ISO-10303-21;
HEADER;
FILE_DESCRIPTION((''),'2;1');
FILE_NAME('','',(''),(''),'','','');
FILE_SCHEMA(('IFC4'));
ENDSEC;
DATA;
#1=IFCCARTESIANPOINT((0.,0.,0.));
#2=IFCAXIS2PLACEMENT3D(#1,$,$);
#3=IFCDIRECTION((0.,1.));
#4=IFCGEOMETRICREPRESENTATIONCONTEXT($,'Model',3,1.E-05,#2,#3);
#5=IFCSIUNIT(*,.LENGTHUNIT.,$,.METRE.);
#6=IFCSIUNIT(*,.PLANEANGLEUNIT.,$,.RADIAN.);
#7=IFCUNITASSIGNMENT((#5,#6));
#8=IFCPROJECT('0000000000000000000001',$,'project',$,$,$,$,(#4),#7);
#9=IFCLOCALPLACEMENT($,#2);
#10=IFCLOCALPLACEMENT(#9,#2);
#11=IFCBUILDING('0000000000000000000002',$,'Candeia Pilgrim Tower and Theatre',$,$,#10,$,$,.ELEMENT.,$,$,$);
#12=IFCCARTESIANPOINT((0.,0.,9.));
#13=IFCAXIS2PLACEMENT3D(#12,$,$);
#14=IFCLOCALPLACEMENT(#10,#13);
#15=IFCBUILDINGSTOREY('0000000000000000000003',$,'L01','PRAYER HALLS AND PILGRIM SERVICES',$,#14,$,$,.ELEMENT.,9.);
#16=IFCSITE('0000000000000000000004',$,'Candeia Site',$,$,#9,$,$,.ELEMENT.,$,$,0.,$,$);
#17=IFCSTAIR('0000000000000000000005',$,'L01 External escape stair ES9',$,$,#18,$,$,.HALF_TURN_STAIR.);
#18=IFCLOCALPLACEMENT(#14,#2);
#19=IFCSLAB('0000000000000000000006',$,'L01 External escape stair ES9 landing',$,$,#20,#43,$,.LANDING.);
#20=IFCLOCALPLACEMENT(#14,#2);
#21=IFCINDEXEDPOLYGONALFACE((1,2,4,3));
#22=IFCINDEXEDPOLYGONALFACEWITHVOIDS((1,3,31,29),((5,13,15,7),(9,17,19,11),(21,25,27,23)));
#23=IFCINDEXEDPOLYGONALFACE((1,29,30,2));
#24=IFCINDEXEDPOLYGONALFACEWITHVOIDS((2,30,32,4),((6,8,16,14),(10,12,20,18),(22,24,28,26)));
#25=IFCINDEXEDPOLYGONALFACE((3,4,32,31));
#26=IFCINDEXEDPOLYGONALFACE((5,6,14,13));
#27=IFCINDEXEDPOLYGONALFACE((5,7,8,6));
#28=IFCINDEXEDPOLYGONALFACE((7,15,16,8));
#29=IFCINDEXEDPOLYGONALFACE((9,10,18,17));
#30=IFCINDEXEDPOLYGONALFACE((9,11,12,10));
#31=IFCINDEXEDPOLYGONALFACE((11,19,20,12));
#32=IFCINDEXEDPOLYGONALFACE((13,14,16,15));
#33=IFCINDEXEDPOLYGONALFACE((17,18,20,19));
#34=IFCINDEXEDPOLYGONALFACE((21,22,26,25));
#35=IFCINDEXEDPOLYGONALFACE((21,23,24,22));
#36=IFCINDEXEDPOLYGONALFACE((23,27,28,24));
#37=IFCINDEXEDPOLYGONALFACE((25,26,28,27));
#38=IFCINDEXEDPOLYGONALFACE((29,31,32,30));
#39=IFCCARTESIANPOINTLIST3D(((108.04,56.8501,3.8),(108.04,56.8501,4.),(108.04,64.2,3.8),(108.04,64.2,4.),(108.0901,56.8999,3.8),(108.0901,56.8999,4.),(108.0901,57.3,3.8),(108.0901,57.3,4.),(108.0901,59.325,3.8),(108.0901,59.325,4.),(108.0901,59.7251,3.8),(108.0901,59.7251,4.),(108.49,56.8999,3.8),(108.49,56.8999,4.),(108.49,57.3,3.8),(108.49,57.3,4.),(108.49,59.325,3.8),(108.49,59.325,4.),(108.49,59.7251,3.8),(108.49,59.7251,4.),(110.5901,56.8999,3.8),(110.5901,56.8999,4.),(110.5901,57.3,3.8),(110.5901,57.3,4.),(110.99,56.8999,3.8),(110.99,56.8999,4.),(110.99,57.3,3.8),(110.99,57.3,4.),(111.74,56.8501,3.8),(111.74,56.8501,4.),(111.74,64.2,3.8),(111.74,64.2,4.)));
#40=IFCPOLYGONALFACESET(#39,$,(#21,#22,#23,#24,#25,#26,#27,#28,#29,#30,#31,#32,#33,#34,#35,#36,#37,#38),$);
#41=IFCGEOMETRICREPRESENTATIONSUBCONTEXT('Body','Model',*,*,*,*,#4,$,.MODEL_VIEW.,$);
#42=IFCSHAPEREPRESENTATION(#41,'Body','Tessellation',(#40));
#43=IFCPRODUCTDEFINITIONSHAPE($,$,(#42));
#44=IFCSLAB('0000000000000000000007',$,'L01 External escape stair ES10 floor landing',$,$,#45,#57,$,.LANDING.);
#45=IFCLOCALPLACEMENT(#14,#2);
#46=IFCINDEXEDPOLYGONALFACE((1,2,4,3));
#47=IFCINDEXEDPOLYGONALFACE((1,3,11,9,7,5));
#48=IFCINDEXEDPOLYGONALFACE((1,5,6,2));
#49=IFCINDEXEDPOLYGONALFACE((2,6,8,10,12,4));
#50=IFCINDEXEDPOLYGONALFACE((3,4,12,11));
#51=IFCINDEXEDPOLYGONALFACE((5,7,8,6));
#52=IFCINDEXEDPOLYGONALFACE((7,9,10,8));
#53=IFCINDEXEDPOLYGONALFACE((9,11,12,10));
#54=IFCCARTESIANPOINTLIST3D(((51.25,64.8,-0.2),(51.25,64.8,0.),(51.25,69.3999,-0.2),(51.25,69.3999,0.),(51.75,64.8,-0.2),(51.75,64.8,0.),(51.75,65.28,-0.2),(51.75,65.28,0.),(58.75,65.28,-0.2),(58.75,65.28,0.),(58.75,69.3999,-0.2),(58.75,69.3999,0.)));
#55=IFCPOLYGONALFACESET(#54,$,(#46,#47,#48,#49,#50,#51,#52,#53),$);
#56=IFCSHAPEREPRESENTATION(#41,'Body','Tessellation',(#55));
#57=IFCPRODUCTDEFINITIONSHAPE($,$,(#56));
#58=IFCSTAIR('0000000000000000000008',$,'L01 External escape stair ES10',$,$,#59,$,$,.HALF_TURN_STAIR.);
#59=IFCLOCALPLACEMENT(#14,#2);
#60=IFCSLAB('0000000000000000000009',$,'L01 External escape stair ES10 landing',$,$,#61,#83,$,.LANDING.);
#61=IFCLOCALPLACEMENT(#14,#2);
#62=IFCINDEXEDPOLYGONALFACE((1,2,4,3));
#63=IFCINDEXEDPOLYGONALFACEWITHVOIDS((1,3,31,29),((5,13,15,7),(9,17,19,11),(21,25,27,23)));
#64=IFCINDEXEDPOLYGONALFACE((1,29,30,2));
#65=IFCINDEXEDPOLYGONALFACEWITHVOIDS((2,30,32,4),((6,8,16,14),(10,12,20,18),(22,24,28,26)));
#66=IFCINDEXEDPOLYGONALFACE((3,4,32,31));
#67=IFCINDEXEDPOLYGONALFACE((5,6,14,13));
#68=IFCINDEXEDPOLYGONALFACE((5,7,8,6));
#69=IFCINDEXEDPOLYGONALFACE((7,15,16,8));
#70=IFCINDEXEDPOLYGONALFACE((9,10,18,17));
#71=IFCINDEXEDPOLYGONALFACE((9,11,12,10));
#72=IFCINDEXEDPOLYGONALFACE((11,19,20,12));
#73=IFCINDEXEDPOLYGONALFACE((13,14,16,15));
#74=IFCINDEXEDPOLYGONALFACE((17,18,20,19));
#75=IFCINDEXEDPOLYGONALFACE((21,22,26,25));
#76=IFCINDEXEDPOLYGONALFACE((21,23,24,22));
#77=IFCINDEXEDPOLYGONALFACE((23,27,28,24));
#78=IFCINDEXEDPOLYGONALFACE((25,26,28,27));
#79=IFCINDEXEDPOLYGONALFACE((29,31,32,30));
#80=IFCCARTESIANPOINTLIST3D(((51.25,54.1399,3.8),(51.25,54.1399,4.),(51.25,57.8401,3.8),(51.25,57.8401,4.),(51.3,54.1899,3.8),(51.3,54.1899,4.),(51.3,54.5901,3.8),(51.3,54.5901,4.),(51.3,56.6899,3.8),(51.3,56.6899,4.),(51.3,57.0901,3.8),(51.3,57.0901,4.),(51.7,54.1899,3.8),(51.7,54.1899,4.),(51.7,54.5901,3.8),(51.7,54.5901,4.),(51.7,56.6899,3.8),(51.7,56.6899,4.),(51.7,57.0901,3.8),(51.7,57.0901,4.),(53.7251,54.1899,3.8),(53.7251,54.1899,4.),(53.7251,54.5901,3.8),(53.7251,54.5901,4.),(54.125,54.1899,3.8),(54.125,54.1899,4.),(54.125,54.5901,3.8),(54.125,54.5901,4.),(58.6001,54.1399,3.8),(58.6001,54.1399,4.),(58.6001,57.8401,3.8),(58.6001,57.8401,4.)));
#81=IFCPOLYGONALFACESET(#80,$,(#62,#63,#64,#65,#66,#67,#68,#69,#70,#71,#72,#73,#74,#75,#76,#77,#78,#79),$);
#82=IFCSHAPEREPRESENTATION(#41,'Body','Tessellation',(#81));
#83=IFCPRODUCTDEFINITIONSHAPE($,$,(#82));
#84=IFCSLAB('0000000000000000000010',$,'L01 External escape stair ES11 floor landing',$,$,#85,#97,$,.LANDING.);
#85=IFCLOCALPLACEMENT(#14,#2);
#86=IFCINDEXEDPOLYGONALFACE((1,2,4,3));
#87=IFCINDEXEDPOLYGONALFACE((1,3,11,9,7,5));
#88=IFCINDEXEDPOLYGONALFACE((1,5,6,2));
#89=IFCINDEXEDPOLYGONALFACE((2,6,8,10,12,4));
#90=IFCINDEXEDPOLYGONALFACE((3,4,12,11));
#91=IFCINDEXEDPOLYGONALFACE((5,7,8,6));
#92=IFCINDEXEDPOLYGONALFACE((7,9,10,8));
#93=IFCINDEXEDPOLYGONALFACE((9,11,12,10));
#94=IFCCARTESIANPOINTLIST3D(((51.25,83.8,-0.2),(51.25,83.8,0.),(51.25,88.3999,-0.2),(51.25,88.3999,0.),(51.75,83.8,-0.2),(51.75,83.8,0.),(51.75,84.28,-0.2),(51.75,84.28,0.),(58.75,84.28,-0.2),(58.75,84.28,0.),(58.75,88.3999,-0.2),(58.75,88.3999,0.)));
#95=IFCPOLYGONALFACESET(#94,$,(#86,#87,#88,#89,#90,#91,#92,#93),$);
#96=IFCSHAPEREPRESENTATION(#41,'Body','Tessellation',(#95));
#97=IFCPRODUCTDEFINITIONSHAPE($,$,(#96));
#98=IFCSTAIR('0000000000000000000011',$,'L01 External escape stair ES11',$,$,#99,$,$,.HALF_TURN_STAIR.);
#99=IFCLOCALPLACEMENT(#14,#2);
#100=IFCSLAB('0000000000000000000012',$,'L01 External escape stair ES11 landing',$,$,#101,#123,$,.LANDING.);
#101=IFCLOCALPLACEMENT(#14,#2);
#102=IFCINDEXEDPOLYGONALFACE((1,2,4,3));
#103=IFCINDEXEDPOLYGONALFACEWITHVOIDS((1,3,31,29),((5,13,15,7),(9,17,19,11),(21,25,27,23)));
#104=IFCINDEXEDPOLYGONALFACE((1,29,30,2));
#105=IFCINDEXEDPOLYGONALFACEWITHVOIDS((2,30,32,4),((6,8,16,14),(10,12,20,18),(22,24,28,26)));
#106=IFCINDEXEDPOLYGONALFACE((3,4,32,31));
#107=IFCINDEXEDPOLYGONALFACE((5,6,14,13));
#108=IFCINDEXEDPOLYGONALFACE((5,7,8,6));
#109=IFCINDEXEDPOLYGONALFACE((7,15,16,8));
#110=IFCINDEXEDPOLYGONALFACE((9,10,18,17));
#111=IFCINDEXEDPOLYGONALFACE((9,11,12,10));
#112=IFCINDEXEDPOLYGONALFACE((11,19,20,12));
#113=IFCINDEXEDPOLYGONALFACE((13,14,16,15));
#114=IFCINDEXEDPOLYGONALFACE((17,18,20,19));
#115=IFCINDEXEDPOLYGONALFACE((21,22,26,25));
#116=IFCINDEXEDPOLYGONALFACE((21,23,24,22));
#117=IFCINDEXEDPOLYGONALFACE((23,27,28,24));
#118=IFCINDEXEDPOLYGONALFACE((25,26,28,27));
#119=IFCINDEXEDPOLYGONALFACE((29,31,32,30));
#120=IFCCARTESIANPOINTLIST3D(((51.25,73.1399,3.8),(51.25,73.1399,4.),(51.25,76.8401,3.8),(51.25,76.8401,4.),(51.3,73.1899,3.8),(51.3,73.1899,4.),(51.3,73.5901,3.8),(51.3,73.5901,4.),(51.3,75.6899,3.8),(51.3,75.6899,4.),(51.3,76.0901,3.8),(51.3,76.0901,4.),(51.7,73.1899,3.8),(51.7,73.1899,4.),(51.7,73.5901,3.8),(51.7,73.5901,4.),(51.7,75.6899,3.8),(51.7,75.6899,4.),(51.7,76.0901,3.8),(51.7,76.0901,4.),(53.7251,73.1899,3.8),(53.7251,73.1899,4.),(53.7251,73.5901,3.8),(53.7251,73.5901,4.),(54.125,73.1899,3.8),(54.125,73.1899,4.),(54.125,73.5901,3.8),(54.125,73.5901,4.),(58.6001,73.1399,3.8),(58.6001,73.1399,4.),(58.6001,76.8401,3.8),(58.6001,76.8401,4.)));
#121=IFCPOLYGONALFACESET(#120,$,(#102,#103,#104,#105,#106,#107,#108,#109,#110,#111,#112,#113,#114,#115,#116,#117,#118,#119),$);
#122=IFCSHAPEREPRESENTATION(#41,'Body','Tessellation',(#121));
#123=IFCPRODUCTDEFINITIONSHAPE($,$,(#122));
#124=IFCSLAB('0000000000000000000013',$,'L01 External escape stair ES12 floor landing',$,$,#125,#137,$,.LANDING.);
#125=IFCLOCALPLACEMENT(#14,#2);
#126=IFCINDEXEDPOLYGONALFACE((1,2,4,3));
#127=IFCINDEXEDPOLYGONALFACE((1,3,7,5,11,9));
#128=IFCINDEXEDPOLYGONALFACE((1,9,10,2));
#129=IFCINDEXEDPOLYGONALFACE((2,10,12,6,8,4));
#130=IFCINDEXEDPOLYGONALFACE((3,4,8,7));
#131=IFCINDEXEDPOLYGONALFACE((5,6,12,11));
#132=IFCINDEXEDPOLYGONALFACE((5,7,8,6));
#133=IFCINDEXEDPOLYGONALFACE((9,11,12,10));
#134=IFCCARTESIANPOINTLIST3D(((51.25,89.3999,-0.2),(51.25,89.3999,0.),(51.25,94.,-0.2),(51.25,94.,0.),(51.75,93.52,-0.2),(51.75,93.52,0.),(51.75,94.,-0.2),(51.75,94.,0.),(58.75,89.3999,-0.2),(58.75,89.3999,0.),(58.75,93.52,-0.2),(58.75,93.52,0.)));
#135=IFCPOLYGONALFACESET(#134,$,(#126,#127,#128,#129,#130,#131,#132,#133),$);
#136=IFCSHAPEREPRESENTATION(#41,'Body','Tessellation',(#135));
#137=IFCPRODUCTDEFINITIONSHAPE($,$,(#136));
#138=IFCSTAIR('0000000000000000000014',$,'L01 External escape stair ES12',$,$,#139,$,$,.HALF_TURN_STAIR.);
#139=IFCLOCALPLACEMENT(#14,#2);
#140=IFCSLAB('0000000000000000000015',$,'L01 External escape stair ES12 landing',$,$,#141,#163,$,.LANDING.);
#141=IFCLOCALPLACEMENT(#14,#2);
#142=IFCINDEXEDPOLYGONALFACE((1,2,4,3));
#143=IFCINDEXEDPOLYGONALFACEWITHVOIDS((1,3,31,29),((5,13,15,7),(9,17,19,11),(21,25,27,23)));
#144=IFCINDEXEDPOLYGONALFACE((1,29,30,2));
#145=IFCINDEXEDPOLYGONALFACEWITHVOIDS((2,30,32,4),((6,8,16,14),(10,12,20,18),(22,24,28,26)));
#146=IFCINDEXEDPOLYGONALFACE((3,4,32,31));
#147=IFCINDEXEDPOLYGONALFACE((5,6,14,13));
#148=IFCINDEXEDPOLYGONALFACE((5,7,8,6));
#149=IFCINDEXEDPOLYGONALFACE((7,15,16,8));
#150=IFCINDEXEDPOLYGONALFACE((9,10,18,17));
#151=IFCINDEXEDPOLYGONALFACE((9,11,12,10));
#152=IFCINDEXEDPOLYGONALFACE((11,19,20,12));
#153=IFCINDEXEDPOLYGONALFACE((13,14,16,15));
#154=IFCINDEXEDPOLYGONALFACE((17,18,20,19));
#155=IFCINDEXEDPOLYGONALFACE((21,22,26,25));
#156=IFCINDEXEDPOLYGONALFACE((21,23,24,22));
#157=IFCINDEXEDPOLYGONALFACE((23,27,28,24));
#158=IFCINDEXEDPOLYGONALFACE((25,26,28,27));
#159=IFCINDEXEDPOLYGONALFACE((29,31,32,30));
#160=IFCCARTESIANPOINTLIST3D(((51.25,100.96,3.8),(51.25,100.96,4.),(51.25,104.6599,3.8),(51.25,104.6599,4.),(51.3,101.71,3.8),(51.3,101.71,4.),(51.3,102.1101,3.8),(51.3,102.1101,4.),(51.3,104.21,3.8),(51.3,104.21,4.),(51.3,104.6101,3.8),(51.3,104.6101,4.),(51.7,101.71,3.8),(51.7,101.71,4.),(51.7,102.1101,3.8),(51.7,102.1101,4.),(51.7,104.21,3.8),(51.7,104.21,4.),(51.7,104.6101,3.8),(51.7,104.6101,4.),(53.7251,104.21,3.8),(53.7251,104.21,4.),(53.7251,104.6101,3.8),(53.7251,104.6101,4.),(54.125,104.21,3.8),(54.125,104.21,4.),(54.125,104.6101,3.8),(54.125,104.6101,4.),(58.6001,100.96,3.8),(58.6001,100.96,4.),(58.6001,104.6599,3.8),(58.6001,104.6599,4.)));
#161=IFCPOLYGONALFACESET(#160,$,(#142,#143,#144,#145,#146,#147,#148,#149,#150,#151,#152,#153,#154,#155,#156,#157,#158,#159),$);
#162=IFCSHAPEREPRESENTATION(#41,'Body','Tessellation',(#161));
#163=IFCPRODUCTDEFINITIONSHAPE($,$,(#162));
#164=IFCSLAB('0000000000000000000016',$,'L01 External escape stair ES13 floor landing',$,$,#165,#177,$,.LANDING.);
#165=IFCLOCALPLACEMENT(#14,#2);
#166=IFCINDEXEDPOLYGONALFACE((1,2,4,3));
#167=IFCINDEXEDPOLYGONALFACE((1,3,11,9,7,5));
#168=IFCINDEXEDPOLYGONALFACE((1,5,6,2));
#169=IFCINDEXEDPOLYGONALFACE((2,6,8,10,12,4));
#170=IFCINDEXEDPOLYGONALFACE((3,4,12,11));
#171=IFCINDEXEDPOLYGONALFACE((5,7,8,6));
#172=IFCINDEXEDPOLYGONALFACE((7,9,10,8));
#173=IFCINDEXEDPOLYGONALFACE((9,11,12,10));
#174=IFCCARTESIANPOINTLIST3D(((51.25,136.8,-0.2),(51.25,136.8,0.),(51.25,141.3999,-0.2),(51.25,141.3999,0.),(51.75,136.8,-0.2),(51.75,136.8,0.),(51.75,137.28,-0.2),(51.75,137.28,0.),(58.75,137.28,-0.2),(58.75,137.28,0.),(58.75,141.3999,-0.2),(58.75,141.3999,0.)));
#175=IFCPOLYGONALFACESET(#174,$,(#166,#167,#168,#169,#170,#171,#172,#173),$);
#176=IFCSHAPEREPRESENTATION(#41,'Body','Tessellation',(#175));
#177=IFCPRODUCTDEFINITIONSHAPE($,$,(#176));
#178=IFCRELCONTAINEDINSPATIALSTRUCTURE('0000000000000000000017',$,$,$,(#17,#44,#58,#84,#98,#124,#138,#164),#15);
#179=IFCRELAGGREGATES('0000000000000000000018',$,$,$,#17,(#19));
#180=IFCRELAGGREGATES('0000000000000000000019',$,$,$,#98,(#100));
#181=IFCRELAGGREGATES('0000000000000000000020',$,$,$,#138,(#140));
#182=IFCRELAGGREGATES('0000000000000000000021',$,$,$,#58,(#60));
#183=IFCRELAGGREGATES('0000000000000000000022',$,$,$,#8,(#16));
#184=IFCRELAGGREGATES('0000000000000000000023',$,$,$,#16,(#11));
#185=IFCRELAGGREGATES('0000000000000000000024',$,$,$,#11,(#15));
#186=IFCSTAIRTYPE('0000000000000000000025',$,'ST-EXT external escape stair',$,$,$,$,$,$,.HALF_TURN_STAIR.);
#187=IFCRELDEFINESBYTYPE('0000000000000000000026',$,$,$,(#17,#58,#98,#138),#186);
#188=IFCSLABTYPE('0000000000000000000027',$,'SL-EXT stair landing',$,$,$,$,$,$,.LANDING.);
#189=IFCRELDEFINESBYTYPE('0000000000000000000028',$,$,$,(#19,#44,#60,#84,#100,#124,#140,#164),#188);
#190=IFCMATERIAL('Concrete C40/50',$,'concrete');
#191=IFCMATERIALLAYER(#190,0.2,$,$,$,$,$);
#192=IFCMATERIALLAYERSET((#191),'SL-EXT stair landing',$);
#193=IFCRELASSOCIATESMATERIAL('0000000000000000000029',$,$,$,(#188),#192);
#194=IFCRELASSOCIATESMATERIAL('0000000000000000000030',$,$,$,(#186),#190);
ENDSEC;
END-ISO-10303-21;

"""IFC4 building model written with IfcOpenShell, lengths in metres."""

from ifc_helpers import new_model, si_unit, direction, frame, origin, place, context, subcontext, project, spatial, polyline, outline, extrude, material, layer, layer_set, type_object, element, aggregate, save


model = new_model("IFC4")

# Units and contexts
model_context = context("Model", 3, precision=1e-05, world=origin(), true_north=direction((0.0, 1.0)))
body_context = subcontext(model_context, "Body", "Model", "MODEL_VIEW")
ifc_project = project(units=[si_unit("LENGTHUNIT", "METRE"), si_unit("PLANEANGLEUNIT", "RADIAN")], contexts=[model_context])

# Site, building, storey
site_placement = place(None, origin())
site = spatial("IfcSite", under=ifc_project, at=site_placement, Name="Candeia Site", CompositionType="ELEMENT", RefElevation=0.0)
building_placement = place(site_placement, origin())
building = spatial("IfcBuilding", under=site, at=building_placement, Name="Candeia Pilgrim Tower and Theatre", CompositionType="ELEMENT")
storey_placement = place(building_placement, frame((0.0, 0.0, 9.0)))
storey = spatial("IfcBuildingStorey", under=building, at=storey_placement, Name="L01", Description="PRAYER HALLS AND PILGRIM SERVICES", CompositionType="ELEMENT", Elevation=9.0)

# Shared definitions
ifc_material_1 = material(Name="Concrete C40/50", Category="concrete")

# Shared definitions
ifc_layer = layer(ifc_material_1, 0.2)
ifc_layer_set = layer_set([ifc_layer], Name="SL-EXT stair landing")
slab_type = type_object("IfcSlabType", Name="SL-EXT stair landing", PredefinedType="LANDING", material=ifc_layer_set)

# Shared definitions
stair_type = type_object("IfcStairType", Name="ST-EXT external escape stair", PredefinedType="HALF_TURN_STAIR", material=ifc_material_1)

# Stair, slab
stair_1_placement = place(storey_placement, origin())
stair_1 = element("IfcStair", 1, at=stair_1_placement, inside=storey, type_object=stair_type, Name="L01 External escape stair ES9", PredefinedType="HALF_TURN_STAIR")
slab_1_placement = place(storey_placement, frame((0.0, 0.0, 3.8)))
slab_1 = element("IfcSlab", 2, at=slab_1_placement, type_object=slab_type, Name="L01 External escape stair ES9 landing", PredefinedType="LANDING", context=body_context, shape_type="SweptSolid", body=[
    extrude(outline(polyline([(111.74, 64.2), (108.04, 64.2), (108.04, 56.8501), (111.74, 56.8501), (111.74, 64.2)]), holes=[polyline([(110.5901, 56.8999), (110.99, 56.8999), (110.99, 57.3), (110.5901, 57.3), (110.5901, 56.8999)]), polyline([(108.0901, 56.8999), (108.49, 56.8999), (108.49, 57.3), (108.0901, 57.3), (108.0901, 56.8999)]), polyline([(108.0901, 59.325), (108.49, 59.325), (108.49, 59.7251), (108.0901, 59.7251), (108.0901, 59.325)])]), origin(), (0.0, 0.0, 1.0), 0.2),
])
aggregate(stair_1, [slab_1])

# Slab
slab_2_placement = place(storey_placement, frame((0.0, 0.0, -0.2)))
element("IfcSlab", 3, at=slab_2_placement, inside=storey, type_object=slab_type, Name="L01 External escape stair ES10 floor landing", PredefinedType="LANDING", context=body_context, shape_type="SweptSolid", body=[
    extrude(outline(polyline([(58.75, 69.3999), (58.75, 65.28), (51.75, 65.28), (51.75, 64.8), (51.25, 64.8), (51.25, 69.3999), (58.75, 69.3999)])), origin(), (0.0, 0.0, 1.0), 0.2),
])

# Stair, slab
stair_2_placement = place(storey_placement, origin())
stair_2 = element("IfcStair", 4, at=stair_2_placement, inside=storey, type_object=stair_type, Name="L01 External escape stair ES10", PredefinedType="HALF_TURN_STAIR")
slab_3_placement = place(storey_placement, frame((0.0, 0.0, 3.8)))
slab_3 = element("IfcSlab", 5, at=slab_3_placement, type_object=slab_type, Name="L01 External escape stair ES10 landing", PredefinedType="LANDING", context=body_context, shape_type="SweptSolid", body=[
    extrude(outline(polyline([(58.6001, 57.8401), (58.6001, 54.1399), (51.25, 54.1399), (51.25, 57.8401), (58.6001, 57.8401)]), holes=[polyline([(51.3, 56.6899), (51.7, 56.6899), (51.7, 57.0901), (51.3, 57.0901), (51.3, 56.6899)]), polyline([(51.3, 54.1899), (51.7, 54.1899), (51.7, 54.5901), (51.3, 54.5901), (51.3, 54.1899)]), polyline([(53.7251, 54.1899), (54.125, 54.1899), (54.125, 54.5901), (53.7251, 54.5901), (53.7251, 54.1899)])]), origin(), (0.0, 0.0, 1.0), 0.2),
])

# Slab
slab_4_placement = place(storey_placement, frame((0.0, 0.0, -0.2)))
element("IfcSlab", 6, at=slab_4_placement, inside=storey, type_object=slab_type, Name="L01 External escape stair ES11 floor landing", PredefinedType="LANDING", context=body_context, shape_type="SweptSolid", body=[
    extrude(outline(polyline([(58.75, 88.3999), (58.75, 84.28), (51.75, 84.28), (51.75, 83.8), (51.25, 83.8), (51.25, 88.3999), (58.75, 88.3999)])), origin(), (0.0, 0.0, 1.0), 0.2),
])

# Stair, slab
stair_3_placement = place(storey_placement, origin())
stair_3 = element("IfcStair", 7, at=stair_3_placement, inside=storey, type_object=stair_type, Name="L01 External escape stair ES11", PredefinedType="HALF_TURN_STAIR")
slab_5_placement = place(storey_placement, frame((0.0, 0.0, 3.8)))
slab_5 = element("IfcSlab", 8, at=slab_5_placement, type_object=slab_type, Name="L01 External escape stair ES11 landing", PredefinedType="LANDING", context=body_context, shape_type="SweptSolid", body=[
    extrude(outline(polyline([(58.6001, 76.8401), (58.6001, 73.1399), (51.25, 73.1399), (51.25, 76.8401), (58.6001, 76.8401)]), holes=[polyline([(51.3, 75.6899), (51.7, 75.6899), (51.7, 76.0901), (51.3, 76.0901), (51.3, 75.6899)]), polyline([(51.3, 73.1899), (51.7, 73.1899), (51.7, 73.5901), (51.3, 73.5901), (51.3, 73.1899)]), polyline([(53.7251, 73.1899), (54.125, 73.1899), (54.125, 73.5901), (53.7251, 73.5901), (53.7251, 73.1899)])]), origin(), (0.0, 0.0, 1.0), 0.2),
])
aggregate(stair_3, [slab_5])

# Slab
slab_6_placement = place(storey_placement, frame((0.0, 0.0, -0.2)))
element("IfcSlab", 9, at=slab_6_placement, inside=storey, type_object=slab_type, Name="L01 External escape stair ES12 floor landing", PredefinedType="LANDING", context=body_context, shape_type="SweptSolid", body=[
    extrude(outline(polyline([(58.75, 89.3999), (58.75, 93.52), (51.75, 93.52), (51.75, 94.0), (51.25, 94.0), (51.25, 89.3999), (58.75, 89.3999)])), origin(), (0.0, 0.0, 1.0), 0.2),
])

# Stair, slab
stair_4_placement = place(storey_placement, origin())
stair_4 = element("IfcStair", 10, at=stair_4_placement, inside=storey, type_object=stair_type, Name="L01 External escape stair ES12", PredefinedType="HALF_TURN_STAIR")
slab_7_placement = place(storey_placement, frame((0.0, 0.0, 3.8)))
slab_7 = element("IfcSlab", 11, at=slab_7_placement, type_object=slab_type, Name="L01 External escape stair ES12 landing", PredefinedType="LANDING", context=body_context, shape_type="SweptSolid", body=[
    extrude(outline(polyline([(58.6001, 100.96), (58.6001, 104.6599), (51.25, 104.6599), (51.25, 100.96), (58.6001, 100.96)]), holes=[polyline([(51.3, 101.71), (51.7, 101.71), (51.7, 102.1101), (51.3, 102.1101), (51.3, 101.71)]), polyline([(51.3, 104.21), (51.7, 104.21), (51.7, 104.6101), (51.3, 104.6101), (51.3, 104.21)]), polyline([(53.7251, 104.21), (54.125, 104.21), (54.125, 104.6101), (53.7251, 104.6101), (53.7251, 104.21)])]), origin(), (0.0, 0.0, 1.0), 0.2),
])
aggregate(stair_4, [slab_7])

# Slab
slab_8_placement = place(storey_placement, frame((0.0, 0.0, -0.2)))
element("IfcSlab", 12, at=slab_8_placement, inside=storey, type_object=slab_type, Name="L01 External escape stair ES13 floor landing", PredefinedType="LANDING", context=body_context, shape_type="SweptSolid", body=[
    extrude(outline(polyline([(58.75, 141.3999), (58.75, 137.28), (51.75, 137.28), (51.75, 136.8), (51.25, 136.8), (51.25, 141.3999), (58.75, 141.3999)])), origin(), (0.0, 0.0, 1.0), 0.2),
])

aggregate(stair_2, [slab_3])

save(model, "model.ifc")
